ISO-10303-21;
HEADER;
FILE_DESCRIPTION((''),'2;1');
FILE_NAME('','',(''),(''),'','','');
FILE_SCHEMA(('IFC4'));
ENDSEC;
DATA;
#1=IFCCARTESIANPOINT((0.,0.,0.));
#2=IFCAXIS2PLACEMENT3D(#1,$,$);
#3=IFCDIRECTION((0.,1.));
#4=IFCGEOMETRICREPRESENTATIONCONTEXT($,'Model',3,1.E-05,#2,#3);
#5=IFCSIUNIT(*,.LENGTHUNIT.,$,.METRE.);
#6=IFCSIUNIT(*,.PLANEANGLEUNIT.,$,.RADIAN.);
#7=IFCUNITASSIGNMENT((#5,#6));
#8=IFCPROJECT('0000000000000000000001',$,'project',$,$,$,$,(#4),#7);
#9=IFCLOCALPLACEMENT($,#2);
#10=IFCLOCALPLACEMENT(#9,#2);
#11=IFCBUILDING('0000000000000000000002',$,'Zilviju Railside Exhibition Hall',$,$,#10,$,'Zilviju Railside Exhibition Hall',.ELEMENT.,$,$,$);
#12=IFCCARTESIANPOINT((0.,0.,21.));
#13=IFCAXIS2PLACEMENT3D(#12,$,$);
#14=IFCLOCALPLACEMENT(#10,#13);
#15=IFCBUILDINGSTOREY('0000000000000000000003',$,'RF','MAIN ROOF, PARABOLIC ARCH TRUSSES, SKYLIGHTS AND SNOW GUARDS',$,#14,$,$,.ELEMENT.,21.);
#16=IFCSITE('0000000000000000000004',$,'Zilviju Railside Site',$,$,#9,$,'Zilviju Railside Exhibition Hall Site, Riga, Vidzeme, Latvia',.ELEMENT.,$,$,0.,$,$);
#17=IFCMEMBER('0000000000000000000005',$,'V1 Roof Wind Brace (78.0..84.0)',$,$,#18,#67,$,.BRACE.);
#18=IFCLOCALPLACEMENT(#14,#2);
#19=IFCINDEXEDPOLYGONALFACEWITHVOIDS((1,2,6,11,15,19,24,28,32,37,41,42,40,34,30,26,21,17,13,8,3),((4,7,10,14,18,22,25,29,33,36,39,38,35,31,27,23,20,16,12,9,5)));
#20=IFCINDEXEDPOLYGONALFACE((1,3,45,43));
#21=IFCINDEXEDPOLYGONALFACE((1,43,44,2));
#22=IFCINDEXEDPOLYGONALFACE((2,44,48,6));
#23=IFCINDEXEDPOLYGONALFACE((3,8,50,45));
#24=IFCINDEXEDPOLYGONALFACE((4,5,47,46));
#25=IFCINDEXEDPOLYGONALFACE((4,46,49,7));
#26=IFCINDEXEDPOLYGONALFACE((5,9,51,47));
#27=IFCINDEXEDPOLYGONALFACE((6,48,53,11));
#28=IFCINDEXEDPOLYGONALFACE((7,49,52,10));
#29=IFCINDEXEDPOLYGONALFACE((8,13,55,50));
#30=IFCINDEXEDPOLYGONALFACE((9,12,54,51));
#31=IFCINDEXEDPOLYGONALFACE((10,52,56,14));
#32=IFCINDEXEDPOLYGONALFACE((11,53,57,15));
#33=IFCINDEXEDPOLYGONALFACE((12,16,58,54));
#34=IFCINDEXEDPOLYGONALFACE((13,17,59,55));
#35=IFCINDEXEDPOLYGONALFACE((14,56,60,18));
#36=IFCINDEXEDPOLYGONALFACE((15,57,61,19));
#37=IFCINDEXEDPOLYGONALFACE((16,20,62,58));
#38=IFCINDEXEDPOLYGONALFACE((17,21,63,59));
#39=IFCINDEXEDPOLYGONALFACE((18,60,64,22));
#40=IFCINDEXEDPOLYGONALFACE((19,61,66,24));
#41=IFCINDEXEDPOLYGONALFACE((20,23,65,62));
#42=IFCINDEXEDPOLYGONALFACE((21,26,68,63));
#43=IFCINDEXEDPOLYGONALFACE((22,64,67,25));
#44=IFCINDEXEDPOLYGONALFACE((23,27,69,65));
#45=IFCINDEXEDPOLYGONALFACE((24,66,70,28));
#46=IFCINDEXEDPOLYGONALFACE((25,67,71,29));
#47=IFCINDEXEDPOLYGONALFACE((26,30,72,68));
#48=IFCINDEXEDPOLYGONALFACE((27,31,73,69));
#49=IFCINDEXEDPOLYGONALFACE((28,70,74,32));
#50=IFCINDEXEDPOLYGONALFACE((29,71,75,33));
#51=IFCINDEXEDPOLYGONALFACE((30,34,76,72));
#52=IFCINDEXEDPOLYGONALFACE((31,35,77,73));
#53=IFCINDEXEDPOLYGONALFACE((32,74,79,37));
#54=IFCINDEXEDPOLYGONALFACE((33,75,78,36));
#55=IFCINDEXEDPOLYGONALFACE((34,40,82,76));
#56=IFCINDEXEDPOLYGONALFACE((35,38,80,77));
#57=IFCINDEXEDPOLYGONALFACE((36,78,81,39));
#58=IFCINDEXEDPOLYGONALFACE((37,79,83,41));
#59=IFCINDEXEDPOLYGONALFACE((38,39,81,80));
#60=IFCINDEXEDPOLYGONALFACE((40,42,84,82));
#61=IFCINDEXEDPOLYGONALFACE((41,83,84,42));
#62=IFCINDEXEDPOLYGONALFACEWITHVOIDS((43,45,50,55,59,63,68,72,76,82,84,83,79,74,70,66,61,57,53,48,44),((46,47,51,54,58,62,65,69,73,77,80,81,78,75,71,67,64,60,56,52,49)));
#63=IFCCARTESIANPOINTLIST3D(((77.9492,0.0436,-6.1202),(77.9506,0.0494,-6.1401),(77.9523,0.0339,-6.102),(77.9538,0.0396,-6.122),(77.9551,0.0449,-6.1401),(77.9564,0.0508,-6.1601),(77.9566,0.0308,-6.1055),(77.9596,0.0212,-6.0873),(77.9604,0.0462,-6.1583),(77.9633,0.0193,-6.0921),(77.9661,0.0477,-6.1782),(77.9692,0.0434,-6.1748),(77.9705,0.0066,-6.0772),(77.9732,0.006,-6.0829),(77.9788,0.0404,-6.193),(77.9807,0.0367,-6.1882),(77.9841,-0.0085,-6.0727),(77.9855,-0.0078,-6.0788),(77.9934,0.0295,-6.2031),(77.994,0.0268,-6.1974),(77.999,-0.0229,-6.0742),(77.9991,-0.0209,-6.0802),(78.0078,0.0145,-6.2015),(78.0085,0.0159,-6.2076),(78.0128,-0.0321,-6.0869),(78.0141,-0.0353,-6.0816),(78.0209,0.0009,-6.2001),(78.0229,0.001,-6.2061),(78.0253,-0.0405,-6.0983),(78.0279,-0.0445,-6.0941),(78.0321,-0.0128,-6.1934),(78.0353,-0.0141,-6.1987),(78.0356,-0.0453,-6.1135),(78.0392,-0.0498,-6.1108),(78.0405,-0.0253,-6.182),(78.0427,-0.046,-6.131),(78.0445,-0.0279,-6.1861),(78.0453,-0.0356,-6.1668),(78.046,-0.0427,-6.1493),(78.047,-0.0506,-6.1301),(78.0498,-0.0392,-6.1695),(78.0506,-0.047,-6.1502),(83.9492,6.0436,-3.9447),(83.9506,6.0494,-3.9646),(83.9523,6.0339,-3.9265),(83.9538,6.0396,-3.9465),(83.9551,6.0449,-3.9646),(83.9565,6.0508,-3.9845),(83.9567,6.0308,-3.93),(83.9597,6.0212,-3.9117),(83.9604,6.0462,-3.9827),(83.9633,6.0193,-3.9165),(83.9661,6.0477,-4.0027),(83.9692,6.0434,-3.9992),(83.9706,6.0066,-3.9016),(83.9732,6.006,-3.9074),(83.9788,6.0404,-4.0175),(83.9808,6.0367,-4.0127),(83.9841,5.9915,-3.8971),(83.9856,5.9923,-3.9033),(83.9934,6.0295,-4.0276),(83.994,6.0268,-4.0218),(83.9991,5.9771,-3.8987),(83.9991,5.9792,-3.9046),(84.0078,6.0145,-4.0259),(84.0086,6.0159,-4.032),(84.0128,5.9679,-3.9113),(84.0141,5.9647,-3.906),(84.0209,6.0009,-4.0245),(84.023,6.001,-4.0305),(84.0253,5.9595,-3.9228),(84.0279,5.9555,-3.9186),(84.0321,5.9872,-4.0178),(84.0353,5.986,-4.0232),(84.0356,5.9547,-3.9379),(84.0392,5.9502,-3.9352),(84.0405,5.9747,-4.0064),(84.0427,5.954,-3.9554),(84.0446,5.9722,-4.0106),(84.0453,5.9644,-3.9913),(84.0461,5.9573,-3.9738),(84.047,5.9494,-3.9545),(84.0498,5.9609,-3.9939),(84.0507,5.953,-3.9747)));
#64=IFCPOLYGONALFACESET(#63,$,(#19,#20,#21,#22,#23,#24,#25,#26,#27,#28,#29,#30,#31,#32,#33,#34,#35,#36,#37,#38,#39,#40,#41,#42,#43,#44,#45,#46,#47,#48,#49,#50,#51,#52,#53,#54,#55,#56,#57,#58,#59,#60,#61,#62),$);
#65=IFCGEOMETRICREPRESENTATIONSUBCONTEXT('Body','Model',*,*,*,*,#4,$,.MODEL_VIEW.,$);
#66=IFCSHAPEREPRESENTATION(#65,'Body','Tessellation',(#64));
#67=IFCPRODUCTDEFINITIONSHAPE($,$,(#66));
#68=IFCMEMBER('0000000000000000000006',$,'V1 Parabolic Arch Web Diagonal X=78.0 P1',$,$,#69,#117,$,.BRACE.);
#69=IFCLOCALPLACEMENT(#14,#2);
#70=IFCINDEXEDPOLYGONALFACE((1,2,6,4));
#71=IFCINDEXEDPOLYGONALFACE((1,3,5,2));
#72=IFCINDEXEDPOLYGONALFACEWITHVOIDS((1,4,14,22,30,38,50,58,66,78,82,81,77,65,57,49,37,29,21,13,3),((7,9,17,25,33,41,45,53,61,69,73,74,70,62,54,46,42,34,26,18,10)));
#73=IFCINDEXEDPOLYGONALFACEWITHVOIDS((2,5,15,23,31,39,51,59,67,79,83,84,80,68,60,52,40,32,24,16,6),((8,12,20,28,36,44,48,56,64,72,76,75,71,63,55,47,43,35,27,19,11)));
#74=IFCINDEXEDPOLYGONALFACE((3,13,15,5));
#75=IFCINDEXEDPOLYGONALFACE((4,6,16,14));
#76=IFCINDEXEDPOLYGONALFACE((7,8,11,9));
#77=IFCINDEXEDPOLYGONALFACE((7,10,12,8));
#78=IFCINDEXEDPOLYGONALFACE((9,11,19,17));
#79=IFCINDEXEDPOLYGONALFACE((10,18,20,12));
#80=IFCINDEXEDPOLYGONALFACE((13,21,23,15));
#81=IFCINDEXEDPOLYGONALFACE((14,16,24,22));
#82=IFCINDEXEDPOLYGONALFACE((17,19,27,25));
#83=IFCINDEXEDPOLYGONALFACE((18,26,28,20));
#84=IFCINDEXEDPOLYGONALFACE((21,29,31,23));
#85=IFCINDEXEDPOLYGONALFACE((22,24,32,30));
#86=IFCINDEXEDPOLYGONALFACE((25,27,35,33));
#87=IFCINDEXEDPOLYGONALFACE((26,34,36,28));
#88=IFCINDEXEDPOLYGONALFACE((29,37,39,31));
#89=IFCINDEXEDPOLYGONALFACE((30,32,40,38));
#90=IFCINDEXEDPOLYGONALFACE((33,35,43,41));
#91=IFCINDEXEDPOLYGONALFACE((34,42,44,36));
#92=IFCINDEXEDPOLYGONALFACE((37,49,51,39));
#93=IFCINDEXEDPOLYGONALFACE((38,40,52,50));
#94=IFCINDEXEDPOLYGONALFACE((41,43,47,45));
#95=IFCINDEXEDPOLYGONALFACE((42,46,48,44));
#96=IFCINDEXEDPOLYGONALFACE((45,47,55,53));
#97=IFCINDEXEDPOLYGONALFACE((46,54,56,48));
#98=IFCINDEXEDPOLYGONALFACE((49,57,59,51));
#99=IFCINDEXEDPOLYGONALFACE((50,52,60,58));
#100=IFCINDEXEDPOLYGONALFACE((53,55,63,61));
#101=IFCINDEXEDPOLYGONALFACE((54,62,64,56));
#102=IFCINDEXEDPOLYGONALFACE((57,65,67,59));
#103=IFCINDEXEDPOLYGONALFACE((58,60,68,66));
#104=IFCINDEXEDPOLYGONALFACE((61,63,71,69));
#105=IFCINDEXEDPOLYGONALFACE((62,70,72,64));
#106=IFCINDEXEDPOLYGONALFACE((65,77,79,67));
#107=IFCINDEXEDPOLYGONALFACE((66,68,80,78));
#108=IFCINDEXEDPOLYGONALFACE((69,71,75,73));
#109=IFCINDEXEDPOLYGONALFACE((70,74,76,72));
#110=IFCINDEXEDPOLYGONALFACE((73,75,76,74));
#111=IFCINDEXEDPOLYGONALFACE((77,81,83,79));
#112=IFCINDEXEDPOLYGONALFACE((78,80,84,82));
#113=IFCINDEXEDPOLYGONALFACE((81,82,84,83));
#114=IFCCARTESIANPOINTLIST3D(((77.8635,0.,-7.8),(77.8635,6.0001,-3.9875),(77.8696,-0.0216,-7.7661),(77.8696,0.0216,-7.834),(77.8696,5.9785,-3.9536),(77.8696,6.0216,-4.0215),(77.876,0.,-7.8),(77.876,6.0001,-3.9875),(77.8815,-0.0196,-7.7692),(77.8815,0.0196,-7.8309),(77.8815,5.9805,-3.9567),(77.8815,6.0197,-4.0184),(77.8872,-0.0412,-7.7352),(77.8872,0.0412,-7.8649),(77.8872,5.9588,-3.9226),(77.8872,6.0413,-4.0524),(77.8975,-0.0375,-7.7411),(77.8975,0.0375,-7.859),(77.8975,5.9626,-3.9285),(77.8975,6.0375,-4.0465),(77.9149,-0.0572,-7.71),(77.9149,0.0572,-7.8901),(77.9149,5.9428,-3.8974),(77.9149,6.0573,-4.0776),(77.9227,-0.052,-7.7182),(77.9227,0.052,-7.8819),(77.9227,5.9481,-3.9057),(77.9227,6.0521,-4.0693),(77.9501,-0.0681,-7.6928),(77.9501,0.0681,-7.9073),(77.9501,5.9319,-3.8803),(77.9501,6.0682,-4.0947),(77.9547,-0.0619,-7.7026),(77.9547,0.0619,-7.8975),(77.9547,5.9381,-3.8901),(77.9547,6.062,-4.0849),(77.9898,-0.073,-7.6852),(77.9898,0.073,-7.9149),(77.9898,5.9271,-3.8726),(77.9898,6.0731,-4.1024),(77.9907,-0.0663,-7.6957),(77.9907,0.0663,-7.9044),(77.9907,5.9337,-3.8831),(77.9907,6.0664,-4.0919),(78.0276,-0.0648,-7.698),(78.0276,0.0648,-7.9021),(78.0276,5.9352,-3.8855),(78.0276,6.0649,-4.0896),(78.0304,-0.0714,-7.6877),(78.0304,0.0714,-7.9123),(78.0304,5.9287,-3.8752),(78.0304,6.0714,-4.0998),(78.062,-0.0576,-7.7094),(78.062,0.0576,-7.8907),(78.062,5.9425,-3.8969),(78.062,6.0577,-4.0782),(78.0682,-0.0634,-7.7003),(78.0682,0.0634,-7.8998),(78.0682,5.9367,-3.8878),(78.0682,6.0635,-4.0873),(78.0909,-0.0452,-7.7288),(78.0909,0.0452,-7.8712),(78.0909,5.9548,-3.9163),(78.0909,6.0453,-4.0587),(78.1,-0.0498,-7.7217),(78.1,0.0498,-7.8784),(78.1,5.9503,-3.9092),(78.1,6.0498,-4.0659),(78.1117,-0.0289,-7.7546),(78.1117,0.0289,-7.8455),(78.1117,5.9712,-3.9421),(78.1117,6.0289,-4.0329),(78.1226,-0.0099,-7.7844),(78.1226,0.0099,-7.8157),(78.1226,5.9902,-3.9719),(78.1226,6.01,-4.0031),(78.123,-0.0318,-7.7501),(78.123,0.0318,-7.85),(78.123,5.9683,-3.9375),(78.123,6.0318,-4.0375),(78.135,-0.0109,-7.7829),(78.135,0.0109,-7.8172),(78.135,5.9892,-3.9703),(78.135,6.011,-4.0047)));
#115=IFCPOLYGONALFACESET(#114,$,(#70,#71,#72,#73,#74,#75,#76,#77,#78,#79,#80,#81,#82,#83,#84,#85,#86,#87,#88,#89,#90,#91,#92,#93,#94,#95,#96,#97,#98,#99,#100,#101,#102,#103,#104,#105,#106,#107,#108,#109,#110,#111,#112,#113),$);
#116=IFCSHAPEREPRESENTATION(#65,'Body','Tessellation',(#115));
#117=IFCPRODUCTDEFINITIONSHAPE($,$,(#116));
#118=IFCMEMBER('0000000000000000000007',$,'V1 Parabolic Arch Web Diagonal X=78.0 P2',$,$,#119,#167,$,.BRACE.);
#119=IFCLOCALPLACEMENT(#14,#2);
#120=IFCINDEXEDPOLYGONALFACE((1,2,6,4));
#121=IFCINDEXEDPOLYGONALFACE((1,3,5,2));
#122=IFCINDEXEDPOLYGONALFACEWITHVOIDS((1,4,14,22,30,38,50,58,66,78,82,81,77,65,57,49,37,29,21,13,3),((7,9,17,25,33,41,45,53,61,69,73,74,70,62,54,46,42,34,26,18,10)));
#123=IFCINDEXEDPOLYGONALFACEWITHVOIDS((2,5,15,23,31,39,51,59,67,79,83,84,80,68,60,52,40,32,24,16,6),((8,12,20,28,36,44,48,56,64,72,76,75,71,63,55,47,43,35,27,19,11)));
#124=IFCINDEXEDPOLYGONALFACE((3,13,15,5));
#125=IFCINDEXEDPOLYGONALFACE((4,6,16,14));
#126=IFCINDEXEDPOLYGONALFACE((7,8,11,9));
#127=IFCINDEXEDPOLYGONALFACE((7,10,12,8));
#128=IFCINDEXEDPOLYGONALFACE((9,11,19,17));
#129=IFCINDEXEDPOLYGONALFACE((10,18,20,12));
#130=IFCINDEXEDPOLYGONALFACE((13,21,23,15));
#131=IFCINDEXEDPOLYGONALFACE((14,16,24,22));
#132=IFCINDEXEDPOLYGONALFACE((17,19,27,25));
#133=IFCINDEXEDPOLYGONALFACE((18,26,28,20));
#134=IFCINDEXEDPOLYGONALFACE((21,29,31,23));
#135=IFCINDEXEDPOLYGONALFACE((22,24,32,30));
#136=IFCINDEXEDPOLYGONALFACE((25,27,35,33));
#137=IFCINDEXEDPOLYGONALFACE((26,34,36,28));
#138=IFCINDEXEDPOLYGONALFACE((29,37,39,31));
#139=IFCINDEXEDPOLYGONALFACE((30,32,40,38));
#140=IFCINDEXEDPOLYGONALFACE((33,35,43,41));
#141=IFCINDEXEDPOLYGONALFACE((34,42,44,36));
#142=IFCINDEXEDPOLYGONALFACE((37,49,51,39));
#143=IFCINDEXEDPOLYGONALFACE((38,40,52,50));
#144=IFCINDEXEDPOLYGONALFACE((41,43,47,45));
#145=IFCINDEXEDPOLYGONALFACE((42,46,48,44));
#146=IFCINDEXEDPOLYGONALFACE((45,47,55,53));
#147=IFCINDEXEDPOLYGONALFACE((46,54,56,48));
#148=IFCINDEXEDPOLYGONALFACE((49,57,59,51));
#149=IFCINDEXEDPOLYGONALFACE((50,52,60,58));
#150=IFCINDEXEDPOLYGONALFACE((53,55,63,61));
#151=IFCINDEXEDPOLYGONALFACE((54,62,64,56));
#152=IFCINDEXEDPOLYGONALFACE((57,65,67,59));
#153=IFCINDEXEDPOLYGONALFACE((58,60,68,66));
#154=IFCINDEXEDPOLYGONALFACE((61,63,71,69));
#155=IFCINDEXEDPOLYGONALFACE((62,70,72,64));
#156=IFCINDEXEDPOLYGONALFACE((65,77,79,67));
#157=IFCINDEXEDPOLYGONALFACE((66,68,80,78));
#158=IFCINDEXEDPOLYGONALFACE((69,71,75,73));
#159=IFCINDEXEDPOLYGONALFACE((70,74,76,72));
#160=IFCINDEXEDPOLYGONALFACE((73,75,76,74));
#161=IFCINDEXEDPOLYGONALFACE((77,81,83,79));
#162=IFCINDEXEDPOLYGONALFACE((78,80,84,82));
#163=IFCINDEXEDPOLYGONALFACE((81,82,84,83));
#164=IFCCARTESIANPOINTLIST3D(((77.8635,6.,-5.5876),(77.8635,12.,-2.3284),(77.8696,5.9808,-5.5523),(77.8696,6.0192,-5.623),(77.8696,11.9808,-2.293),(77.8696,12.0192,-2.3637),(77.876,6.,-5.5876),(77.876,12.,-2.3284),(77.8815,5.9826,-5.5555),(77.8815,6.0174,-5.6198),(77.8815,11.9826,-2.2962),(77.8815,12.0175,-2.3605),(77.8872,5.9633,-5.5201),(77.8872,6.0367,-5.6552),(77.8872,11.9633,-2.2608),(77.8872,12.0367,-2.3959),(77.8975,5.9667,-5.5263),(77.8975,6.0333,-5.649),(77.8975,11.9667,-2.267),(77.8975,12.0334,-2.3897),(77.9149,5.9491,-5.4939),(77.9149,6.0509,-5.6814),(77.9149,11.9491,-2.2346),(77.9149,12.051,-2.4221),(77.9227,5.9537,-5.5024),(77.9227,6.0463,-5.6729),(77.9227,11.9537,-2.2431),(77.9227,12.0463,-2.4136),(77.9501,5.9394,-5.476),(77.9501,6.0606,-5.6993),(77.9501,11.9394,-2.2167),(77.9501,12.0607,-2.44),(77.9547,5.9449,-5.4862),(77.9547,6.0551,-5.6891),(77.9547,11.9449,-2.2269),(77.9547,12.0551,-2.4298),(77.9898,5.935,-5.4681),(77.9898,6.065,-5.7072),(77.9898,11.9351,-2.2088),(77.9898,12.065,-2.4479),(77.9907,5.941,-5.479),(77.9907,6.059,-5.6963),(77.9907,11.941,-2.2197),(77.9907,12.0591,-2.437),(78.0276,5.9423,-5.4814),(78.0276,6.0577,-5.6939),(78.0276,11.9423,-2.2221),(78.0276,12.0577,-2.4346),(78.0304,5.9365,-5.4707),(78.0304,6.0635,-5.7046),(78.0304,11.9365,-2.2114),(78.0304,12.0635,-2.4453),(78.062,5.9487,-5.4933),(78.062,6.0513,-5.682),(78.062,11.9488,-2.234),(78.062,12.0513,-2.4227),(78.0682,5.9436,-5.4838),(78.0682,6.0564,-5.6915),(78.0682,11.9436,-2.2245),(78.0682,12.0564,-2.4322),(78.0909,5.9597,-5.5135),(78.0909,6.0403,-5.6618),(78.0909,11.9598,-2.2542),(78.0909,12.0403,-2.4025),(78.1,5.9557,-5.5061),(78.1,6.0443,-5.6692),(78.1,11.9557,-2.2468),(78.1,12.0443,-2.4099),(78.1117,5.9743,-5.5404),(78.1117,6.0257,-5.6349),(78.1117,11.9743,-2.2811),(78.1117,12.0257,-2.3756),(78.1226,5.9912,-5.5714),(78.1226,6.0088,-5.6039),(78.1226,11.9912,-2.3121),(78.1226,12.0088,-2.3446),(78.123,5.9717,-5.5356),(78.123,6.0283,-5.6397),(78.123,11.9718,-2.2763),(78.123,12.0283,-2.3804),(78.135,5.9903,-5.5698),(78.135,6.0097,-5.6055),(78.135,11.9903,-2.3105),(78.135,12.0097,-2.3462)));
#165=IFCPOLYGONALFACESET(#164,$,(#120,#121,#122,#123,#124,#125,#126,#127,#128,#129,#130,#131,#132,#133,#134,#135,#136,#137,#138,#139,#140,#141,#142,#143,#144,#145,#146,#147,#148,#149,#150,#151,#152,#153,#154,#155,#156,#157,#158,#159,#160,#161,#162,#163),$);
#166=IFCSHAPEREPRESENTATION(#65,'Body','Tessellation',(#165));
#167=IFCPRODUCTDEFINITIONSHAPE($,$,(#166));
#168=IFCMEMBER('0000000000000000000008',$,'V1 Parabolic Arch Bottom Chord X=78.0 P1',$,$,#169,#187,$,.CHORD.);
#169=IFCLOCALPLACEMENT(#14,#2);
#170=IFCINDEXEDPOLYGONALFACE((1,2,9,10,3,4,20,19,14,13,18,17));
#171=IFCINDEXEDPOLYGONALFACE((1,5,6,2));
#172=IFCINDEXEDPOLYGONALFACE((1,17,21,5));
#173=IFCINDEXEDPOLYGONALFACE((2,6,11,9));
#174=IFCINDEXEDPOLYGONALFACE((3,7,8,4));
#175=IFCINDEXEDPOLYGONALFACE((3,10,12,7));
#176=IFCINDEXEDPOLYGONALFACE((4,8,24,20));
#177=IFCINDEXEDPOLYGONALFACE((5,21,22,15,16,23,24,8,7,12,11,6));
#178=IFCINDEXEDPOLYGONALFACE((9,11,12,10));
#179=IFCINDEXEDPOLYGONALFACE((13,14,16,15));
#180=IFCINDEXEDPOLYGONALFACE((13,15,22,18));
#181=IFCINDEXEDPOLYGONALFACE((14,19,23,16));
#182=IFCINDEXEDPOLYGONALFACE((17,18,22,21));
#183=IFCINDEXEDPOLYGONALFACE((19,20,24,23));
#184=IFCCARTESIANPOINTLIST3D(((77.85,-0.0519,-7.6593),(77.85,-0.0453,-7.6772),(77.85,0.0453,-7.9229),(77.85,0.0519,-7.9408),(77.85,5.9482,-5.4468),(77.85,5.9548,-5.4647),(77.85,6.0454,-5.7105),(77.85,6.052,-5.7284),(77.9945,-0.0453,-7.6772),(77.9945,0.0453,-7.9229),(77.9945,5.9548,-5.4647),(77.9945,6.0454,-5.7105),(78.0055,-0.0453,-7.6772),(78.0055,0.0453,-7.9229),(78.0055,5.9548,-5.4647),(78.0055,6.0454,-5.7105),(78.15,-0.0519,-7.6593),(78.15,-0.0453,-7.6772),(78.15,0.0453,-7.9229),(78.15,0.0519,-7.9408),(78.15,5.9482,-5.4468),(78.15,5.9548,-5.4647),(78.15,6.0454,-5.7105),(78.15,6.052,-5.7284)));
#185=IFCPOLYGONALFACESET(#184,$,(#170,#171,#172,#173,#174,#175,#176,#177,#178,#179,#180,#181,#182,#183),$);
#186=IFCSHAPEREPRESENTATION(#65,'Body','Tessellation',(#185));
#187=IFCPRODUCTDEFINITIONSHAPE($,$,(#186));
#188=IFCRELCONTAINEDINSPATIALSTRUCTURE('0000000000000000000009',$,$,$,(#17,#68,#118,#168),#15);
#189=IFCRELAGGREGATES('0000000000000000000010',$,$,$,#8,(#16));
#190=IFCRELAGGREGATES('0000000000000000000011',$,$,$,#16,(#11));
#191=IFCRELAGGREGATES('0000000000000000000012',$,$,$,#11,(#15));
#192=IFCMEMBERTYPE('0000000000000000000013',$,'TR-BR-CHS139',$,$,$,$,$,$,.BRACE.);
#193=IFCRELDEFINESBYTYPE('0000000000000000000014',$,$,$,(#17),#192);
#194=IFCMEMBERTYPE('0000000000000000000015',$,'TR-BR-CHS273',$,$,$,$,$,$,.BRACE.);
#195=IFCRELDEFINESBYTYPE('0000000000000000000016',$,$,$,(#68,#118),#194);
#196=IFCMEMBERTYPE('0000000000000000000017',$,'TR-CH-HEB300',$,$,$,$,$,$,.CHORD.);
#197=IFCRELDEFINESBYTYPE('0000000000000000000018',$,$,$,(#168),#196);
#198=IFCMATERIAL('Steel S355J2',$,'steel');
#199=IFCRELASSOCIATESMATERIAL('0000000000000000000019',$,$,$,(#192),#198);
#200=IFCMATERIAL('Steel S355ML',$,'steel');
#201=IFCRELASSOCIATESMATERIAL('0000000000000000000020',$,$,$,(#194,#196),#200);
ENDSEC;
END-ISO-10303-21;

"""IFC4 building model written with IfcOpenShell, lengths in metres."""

from ifc_helpers import new_model, si_unit, direction, frame, origin, origin_2d, place, context, subcontext, project, spatial, hollow_circle, i_section, extrude, material, material_profile, profile_set, type_object, element, save


model = new_model("IFC4")

# Units and contexts
model_context = context("Model", 3, precision=1e-05, world=origin(), true_north=direction((0.0, 1.0)))
body_context = subcontext(model_context, "Body", "Model", "MODEL_VIEW")
ifc_project = project(units=[si_unit("LENGTHUNIT", "METRE"), si_unit("PLANEANGLEUNIT", "RADIAN")], contexts=[model_context])

# Site, building, storey
site_placement = place(None, origin())
site = spatial("IfcSite", under=ifc_project, at=site_placement, Name="Zilviju Railside Site", LongName="Zilviju Railside Exhibition Hall Site, Riga, Vidzeme, Latvia", CompositionType="ELEMENT", RefElevation=0.0)
building_placement = place(site_placement, origin())
building = spatial("IfcBuilding", under=site, at=building_placement, Name="Zilviju Railside Exhibition Hall", LongName="Zilviju Railside Exhibition Hall", CompositionType="ELEMENT")
storey_placement = place(building_placement, frame((0.0, 0.0, 21.0)))
storey = spatial("IfcBuildingStorey", under=building, at=storey_placement, Name="RF", Description="MAIN ROOF, PARABOLIC ARCH TRUSSES, SKYLIGHTS AND SNOW GUARDS", CompositionType="ELEMENT", Elevation=21.0)

# Members
ifc_material_1 = material(Name="Steel S355J2", Category="steel")
ifc_material_profile_1 = material_profile(ifc_material_1, hollow_circle(Radius=0.0698, WallThickness=0.0063, at=origin_2d()), Name="CHS 139.7x6.3")
ifc_profile_set_1 = profile_set([ifc_material_profile_1], Name="Steel S355J2")
member_type_1 = type_object("IfcMemberType", Name="TR-BR-CHS139", PredefinedType="BRACE", material=ifc_profile_set_1)
member_1_placement = place(storey_placement, frame((78.0, 0.0, -6.1401), z_axis=(0.684952, 0.684952, 0.248356), x_axis=(-0.707107, 0.707107, 0.0)))
element("IfcMember", 1, at=member_1_placement, inside=storey, type_object=member_type_1, Name="V1 Roof Wind Brace (78.0..84.0)", PredefinedType="BRACE", context=body_context, shape_type="SweptSolid", body=[
    extrude(hollow_circle(Radius=0.0698, WallThickness=0.0063, at=origin_2d()), origin(), (0.0, 0.0, 1.0), 8.7598),
])
ifc_material_2 = material(Name="Steel S355ML", Category="steel")
ifc_material_profile_2 = material_profile(ifc_material_2, hollow_circle(Radius=0.1365, WallThickness=0.0125, at=origin_2d()), Name="CHS 273.0x12.5")
ifc_profile_set_2 = profile_set([ifc_material_profile_2], Name="Steel S355ML")
member_type_2 = type_object("IfcMemberType", Name="TR-BR-CHS273", PredefinedType="BRACE", material=ifc_profile_set_2)
member_2_placement = place(storey_placement, frame((78.0, 0.0, -7.8), z_axis=(0.0, 0.844023, 0.536306), x_axis=(-1.0, 0.0, 0.0)))
element("IfcMember", 2, at=member_2_placement, inside=storey, type_object=member_type_2, Name="V1 Parabolic Arch Web Diagonal X=78.0 P1", PredefinedType="BRACE", context=body_context, shape_type="SweptSolid", body=[
    extrude(hollow_circle(Radius=0.1365, WallThickness=0.0125, at=origin_2d()), origin(), (0.0, 0.0, 1.0), 7.1089),
])
member_3_placement = place(storey_placement, frame((78.0, 6.0, -5.5876), z_axis=(0.0, 0.878722, 0.477333), x_axis=(-1.0, 0.0, 0.0)))
element("IfcMember", 3, at=member_3_placement, inside=storey, type_object=member_type_2, Name="V1 Parabolic Arch Web Diagonal X=78.0 P2", PredefinedType="BRACE", context=body_context, shape_type="SweptSolid", body=[
    extrude(hollow_circle(Radius=0.1365, WallThickness=0.0125, at=origin_2d()), origin(), (0.0, 0.0, 1.0), 6.8281),
])
ifc_material_profile_3 = material_profile(ifc_material_2, i_section(OverallWidth=0.3, OverallDepth=0.3, WebThickness=0.011, FlangeThickness=0.019, at=origin_2d()), Name="HEB 300")
ifc_profile_set_3 = profile_set([ifc_material_profile_3], Name="Steel S355ML")
member_type_3 = type_object("IfcMemberType", Name="TR-CH-HEB300", PredefinedType="CHORD", material=ifc_profile_set_3)
member_4_placement = place(storey_placement, frame((78.0, 0.0, -7.8), z_axis=(0.0, 0.938248, 0.345964), x_axis=(-1.0, 0.0, 0.0)))
element("IfcMember", 4, at=member_4_placement, inside=storey, type_object=member_type_3, Name="V1 Parabolic Arch Bottom Chord X=78.0 P1", PredefinedType="CHORD", context=body_context, shape_type="SweptSolid", body=[
    extrude(i_section(OverallWidth=0.3, OverallDepth=0.3, WebThickness=0.011, FlangeThickness=0.019, at=origin_2d()), origin(), (0.0, 0.0, 1.0), 6.395),
])

save(model, "model.ifc")
